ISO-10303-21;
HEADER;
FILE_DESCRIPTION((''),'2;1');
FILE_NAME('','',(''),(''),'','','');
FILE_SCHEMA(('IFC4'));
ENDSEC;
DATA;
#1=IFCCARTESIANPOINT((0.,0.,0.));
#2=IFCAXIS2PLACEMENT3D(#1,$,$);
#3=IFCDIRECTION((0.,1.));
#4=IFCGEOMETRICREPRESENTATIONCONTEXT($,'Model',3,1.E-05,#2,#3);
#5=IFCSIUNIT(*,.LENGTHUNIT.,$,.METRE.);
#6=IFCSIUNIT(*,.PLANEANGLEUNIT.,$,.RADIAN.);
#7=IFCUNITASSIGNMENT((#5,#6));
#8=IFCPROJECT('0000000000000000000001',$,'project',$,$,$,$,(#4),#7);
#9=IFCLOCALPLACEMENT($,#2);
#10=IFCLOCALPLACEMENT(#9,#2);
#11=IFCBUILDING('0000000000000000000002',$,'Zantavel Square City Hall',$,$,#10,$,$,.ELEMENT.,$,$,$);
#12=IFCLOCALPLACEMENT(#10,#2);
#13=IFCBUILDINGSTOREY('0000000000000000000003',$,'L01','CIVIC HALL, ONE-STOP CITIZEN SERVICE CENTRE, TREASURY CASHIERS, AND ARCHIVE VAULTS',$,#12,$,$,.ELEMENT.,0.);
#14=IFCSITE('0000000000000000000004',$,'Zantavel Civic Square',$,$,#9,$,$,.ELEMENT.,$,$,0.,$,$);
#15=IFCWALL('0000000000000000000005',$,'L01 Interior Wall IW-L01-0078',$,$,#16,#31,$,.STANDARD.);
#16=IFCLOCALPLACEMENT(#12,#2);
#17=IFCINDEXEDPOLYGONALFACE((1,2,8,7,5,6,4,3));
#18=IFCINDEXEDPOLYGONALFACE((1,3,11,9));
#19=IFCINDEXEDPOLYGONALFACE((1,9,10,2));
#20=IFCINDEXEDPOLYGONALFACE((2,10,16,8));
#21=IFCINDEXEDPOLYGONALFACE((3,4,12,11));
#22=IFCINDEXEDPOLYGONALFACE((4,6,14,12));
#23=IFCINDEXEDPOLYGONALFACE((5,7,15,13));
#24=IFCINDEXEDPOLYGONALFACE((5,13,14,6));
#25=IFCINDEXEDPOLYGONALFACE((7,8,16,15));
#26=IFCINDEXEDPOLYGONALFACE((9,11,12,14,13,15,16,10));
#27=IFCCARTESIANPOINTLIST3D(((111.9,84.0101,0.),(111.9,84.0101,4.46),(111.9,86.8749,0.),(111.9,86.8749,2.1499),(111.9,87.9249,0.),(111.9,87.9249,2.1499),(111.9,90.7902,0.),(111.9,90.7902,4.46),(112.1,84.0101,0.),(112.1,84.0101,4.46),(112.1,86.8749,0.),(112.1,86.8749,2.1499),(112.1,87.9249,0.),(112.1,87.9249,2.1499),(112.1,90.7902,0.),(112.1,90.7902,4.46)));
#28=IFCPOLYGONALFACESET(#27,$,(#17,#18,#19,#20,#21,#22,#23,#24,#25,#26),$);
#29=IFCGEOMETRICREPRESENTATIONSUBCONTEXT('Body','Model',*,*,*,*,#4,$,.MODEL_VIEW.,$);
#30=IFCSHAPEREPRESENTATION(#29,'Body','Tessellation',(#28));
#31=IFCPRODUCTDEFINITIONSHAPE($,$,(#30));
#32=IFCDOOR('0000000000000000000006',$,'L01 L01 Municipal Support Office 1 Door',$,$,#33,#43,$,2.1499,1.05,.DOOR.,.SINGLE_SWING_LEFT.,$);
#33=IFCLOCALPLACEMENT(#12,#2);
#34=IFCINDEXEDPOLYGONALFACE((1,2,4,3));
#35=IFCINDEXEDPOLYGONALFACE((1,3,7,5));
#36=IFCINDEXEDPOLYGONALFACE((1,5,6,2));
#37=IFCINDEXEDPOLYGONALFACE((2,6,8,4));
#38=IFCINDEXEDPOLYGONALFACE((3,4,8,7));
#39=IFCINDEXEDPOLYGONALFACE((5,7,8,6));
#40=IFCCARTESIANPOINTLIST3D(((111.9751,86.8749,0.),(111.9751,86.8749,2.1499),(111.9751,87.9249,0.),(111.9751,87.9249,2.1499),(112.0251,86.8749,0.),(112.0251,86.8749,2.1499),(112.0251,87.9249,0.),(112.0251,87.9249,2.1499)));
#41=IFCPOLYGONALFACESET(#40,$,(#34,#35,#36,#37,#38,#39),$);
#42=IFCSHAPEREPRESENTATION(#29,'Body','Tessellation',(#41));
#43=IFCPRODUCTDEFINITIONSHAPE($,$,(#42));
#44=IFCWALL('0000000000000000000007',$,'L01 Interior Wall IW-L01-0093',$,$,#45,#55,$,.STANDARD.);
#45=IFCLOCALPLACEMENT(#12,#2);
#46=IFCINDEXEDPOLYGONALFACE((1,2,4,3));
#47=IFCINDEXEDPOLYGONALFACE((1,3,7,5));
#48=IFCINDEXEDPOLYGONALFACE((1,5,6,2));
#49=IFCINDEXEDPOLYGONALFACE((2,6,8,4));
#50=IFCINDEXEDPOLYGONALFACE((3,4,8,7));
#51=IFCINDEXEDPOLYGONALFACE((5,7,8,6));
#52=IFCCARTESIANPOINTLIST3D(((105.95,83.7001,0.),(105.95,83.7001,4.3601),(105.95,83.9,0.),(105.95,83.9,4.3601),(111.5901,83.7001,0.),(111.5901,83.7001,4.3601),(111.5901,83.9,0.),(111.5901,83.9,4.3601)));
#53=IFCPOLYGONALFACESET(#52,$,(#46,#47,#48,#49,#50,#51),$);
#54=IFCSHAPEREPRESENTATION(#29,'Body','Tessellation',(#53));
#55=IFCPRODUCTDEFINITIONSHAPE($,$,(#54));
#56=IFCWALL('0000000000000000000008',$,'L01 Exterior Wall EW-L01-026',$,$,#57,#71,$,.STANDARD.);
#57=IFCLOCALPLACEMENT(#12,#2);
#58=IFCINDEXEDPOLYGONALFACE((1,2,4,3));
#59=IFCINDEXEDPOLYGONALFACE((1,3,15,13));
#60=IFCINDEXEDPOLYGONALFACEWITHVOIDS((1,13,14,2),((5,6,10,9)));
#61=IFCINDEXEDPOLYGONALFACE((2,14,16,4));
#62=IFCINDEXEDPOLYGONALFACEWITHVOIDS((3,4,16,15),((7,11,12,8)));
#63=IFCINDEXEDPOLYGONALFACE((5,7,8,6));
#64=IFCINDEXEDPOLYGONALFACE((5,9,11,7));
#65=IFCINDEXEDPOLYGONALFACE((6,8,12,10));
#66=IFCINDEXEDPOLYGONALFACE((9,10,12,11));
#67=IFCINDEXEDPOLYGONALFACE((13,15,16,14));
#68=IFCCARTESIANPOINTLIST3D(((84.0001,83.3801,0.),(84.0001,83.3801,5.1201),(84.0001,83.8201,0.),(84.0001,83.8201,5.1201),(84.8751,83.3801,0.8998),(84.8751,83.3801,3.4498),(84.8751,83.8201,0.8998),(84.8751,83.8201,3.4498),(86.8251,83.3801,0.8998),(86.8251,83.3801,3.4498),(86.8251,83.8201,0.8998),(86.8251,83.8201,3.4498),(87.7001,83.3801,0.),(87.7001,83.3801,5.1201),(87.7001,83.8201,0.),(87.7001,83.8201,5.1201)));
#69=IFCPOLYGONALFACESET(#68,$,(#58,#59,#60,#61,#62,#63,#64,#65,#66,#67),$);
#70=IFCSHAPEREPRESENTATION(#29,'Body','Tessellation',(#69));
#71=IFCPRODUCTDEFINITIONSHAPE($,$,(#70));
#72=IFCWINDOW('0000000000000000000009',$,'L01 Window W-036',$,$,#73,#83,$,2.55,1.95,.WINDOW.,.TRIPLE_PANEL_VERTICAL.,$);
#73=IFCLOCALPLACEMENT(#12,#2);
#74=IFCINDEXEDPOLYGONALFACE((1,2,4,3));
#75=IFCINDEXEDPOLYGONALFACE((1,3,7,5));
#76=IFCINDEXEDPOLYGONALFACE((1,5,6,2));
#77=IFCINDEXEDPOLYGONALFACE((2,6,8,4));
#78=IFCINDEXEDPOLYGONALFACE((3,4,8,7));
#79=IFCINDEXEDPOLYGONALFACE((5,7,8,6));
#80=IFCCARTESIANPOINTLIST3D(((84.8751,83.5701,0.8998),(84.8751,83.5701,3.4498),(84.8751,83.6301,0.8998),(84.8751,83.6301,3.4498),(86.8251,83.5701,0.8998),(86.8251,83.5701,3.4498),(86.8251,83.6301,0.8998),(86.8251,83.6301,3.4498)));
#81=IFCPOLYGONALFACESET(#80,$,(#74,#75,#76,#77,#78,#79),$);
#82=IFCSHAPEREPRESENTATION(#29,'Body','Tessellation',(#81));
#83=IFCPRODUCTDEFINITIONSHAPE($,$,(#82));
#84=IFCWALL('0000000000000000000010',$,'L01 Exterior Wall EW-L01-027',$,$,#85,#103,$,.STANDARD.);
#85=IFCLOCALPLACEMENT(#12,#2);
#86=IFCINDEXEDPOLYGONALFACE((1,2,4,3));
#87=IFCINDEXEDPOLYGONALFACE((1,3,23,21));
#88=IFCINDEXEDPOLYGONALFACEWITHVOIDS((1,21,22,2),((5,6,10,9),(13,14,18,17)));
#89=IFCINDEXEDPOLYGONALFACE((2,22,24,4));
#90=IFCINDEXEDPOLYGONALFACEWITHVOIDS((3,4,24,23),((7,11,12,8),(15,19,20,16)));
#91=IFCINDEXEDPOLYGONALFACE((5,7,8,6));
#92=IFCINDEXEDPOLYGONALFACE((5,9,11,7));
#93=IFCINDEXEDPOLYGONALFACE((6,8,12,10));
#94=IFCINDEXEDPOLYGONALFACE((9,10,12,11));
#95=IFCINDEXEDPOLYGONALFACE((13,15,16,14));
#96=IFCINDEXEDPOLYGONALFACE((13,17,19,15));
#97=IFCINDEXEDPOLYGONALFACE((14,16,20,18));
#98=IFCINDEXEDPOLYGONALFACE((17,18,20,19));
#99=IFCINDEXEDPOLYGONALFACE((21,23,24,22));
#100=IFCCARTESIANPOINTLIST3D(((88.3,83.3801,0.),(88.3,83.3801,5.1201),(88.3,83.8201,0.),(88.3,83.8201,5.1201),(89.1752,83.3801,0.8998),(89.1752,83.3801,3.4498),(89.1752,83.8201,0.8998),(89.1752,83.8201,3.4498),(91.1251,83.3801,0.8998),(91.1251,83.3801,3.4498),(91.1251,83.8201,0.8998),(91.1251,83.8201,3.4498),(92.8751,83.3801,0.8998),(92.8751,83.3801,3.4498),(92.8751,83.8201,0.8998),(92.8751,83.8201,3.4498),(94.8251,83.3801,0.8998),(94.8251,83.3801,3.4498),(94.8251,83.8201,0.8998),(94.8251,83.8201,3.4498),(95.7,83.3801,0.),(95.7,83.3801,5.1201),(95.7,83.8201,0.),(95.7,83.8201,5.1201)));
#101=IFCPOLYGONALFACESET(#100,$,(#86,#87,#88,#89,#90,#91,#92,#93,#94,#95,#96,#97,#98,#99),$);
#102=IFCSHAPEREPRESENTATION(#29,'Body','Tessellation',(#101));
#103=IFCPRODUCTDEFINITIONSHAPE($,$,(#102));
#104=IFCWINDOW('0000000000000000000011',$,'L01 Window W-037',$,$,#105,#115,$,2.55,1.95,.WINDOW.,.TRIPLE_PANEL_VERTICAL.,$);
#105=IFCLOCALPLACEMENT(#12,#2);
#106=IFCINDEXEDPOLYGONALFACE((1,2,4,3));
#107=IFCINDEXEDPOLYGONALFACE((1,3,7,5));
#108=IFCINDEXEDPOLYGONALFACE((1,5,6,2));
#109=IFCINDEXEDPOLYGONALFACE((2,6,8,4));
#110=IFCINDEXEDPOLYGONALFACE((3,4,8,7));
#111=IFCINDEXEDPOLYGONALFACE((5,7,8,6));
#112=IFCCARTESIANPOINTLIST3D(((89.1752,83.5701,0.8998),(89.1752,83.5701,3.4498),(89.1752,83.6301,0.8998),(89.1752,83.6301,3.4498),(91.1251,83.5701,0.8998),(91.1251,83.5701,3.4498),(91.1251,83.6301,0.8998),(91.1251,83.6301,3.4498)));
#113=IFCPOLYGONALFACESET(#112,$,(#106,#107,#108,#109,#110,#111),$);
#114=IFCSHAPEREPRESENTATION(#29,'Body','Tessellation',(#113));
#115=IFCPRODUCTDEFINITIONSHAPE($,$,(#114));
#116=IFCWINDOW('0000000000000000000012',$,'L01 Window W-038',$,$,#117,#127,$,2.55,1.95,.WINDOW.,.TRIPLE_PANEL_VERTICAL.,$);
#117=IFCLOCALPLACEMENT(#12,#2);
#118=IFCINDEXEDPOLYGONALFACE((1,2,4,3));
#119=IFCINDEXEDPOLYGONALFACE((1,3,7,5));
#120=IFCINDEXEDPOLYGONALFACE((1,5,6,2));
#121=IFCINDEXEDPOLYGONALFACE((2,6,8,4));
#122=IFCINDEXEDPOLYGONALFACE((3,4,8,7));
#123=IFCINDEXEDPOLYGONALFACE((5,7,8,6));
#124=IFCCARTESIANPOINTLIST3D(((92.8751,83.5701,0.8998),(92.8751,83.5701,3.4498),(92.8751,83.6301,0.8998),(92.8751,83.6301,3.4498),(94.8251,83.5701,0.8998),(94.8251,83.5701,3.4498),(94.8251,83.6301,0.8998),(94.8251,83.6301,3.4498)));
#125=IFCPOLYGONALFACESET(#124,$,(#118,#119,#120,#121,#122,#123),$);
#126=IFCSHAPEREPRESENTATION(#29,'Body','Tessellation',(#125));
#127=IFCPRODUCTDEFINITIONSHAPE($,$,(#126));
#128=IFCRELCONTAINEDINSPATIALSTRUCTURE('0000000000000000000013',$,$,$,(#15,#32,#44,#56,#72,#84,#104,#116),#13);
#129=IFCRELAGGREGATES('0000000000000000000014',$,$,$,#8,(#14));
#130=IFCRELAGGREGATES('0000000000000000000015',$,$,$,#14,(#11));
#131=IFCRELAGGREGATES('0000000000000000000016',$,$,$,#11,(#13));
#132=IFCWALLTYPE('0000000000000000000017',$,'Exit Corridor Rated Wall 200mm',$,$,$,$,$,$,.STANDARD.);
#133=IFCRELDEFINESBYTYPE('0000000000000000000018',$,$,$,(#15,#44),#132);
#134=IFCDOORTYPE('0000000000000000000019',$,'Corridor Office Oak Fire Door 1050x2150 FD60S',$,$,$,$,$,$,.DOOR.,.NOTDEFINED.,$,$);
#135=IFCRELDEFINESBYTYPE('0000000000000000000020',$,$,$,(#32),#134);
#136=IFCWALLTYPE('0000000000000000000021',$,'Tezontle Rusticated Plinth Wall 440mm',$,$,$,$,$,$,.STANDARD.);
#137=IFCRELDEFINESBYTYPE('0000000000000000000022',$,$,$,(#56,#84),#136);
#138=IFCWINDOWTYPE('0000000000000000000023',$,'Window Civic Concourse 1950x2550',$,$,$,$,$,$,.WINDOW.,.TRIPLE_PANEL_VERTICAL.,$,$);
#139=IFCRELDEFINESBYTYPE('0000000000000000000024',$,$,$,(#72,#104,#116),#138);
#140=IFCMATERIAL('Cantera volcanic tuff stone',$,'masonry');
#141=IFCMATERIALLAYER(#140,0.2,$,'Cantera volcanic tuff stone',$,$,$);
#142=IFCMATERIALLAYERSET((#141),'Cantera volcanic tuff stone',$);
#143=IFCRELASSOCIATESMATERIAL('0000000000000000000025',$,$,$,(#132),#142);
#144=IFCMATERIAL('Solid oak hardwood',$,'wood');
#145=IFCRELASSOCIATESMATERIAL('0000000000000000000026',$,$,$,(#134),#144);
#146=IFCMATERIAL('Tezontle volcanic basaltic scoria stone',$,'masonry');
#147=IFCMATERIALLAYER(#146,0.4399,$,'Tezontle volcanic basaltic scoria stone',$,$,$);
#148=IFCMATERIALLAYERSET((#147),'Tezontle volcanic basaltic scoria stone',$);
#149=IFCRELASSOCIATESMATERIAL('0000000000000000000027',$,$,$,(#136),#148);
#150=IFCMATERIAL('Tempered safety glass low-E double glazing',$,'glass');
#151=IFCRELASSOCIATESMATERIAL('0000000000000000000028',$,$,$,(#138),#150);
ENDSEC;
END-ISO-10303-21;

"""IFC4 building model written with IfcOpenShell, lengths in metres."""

from ifc_helpers import new_model, si_unit, direction, frame, frame_2d, origin, place, context, subcontext, project, spatial, rectangle, extrude, material, layer, layer_set, type_object, element, fill, save


model = new_model("IFC4")

# Units and contexts
model_context = context("Model", 3, precision=1e-05, world=origin(), true_north=direction((0.0, 1.0)))
body_context = subcontext(model_context, "Body", "Model", "MODEL_VIEW")
ifc_project = project(units=[si_unit("LENGTHUNIT", "METRE"), si_unit("PLANEANGLEUNIT", "RADIAN")], contexts=[model_context])

# Site, building, storey
site_placement = place(None, origin())
site = spatial("IfcSite", under=ifc_project, at=site_placement, Name="Zantavel Civic Square", CompositionType="ELEMENT", RefElevation=0.0)
building_placement = place(site_placement, origin())
building = spatial("IfcBuilding", under=site, at=building_placement, Name="Zantavel Square City Hall", CompositionType="ELEMENT")
storey_placement = place(building_placement, origin())
storey = spatial("IfcBuildingStorey", under=building, at=storey_placement, Name="L01", Description="CIVIC HALL, ONE-STOP CITIZEN SERVICE CENTRE, TREASURY CASHIERS, AND ARCHIVE VAULTS", CompositionType="ELEMENT", Elevation=0.0)

# Wall, opening, door
ifc_material_1 = material(Name="Cantera volcanic tuff stone", Category="masonry")
ifc_layer_1 = layer(ifc_material_1, 0.2, Name="Cantera volcanic tuff stone")
ifc_layer_set_1 = layer_set([ifc_layer_1], Name="Cantera volcanic tuff stone")
wall_type_1 = type_object("IfcWallType", Name="Exit Corridor Rated Wall 200mm", PredefinedType="STANDARD", material=ifc_layer_set_1)
wall_1_placement = place(storey_placement, frame((112.0, 84.01, 0.0), z_axis=(0.0, 0.0, 1.0), x_axis=(0.0, 1.0, 0.0)))
wall_1 = element("IfcWall", 1, at=wall_1_placement, inside=storey, type_object=wall_type_1, Name="L01 Interior Wall IW-L01-0078", PredefinedType="STANDARD", context=body_context, shape_type="SweptSolid", body=[
    extrude(rectangle(XDim=6.78, YDim=0.2, at=frame_2d((3.3901, 0.0))), origin(), (0.0, 0.0, 1.0), 4.46),
])
opening_1_placement = place(wall_1_placement, frame((2.865, 0.0, 0.0)))
opening_1 = element("IfcOpeningElement", 2, at=opening_1_placement, cuts=wall_1, PredefinedType="OPENING", context=body_context, shape_type="SweptSolid", body=[
    extrude(rectangle(XDim=1.05, YDim=2.1499, at=frame_2d((0.5249, 1.075))), frame((0.0, 0.1099, 0.0), z_axis=(0.0, -1.0, 0.0), x_axis=(1.0, 0.0, 0.0)), (0.0, 0.0, 1.0), 0.22),
])
ifc_material_2 = material(Name="Solid oak hardwood", Category="wood")
door_type = type_object("IfcDoorType", Name="Corridor Office Oak Fire Door 1050x2150 FD60S", OperationType="NOTDEFINED", PredefinedType="DOOR", material=ifc_material_2)
door_placement = place(opening_1_placement, origin())
door = element("IfcDoor", 3, at=door_placement, inside=storey, type_object=door_type, Name="L01 L01 Municipal Support Office 1 Door", OperationType="SINGLE_SWING_LEFT", OverallHeight=2.1499, OverallWidth=1.05, PredefinedType="DOOR", context=body_context, shape_type="SweptSolid", body=[
    extrude(rectangle(XDim=1.05, YDim=2.1499, at=frame_2d((0.5249, 1.075))), frame((0.0, 0.0249, 0.0), z_axis=(0.0, -1.0, 0.0), x_axis=(1.0, 0.0, 0.0)), (0.0, 0.0, 1.0), 0.05),
])
fill(opening_1, door)

# Wall
wall_2_placement = place(storey_placement, frame((105.95, 83.8, 0.0), z_axis=(0.0, 0.0, 1.0), x_axis=(1.0, 0.0, 0.0)))
element("IfcWall", 4, at=wall_2_placement, inside=storey, type_object=wall_type_1, Name="L01 Interior Wall IW-L01-0093", PredefinedType="STANDARD", context=body_context, shape_type="SweptSolid", body=[
    extrude(rectangle(XDim=5.6401, YDim=0.2, at=frame_2d((2.8201, 0.0))), origin(), (0.0, 0.0, 1.0), 4.3601),
])

# Wall, opening, window
ifc_material_3 = material(Name="Tezontle volcanic basaltic scoria stone", Category="masonry")
ifc_layer_2 = layer(ifc_material_3, 0.4399, Name="Tezontle volcanic basaltic scoria stone")
ifc_layer_set_2 = layer_set([ifc_layer_2], Name="Tezontle volcanic basaltic scoria stone")
wall_type_2 = type_object("IfcWallType", Name="Tezontle Rusticated Plinth Wall 440mm", PredefinedType="STANDARD", material=ifc_layer_set_2)
wall_3_placement = place(storey_placement, frame((84.0, 83.6001, 0.0), z_axis=(0.0, 0.0, 1.0), x_axis=(1.0, 0.0, 0.0)))
wall_3 = element("IfcWall", 5, at=wall_3_placement, inside=storey, type_object=wall_type_2, Name="L01 Exterior Wall EW-L01-026", PredefinedType="STANDARD", context=body_context, shape_type="SweptSolid", body=[
    extrude(rectangle(XDim=3.7, YDim=0.4399, at=frame_2d((1.8501, 0.0))), origin(), (0.0, 0.0, 1.0), 5.1201),
])
opening_2_placement = place(wall_3_placement, frame((0.875, 0.0, 0.8999)))
opening_2 = element("IfcOpeningElement", 6, at=opening_2_placement, cuts=wall_3, PredefinedType="OPENING", context=body_context, shape_type="SweptSolid", body=[
    extrude(rectangle(XDim=1.95, YDim=2.55, at=frame_2d((0.9751, 1.2749))), frame((0.0, 0.23, 0.0), z_axis=(0.0, -1.0, 0.0), x_axis=(1.0, 0.0, 0.0)), (0.0, 0.0, 1.0), 0.46),
])
ifc_material_4 = material(Name="Tempered safety glass low-E double glazing", Category="glass")
window_type_1 = type_object("IfcWindowType", Name="Window Civic Concourse 1950x2550", PartitioningType="TRIPLE_PANEL_VERTICAL", PredefinedType="WINDOW", material=ifc_material_4)
window_1_placement = place(opening_2_placement, origin())
window_1 = element("IfcWindow", 7, at=window_1_placement, inside=storey, type_object=window_type_1, Name="L01 Window W-036", OverallHeight=2.55, OverallWidth=1.95, PartitioningType="TRIPLE_PANEL_VERTICAL", PredefinedType="WINDOW", context=body_context, shape_type="SweptSolid", body=[
    extrude(rectangle(XDim=1.95, YDim=2.55, at=frame_2d((0.9751, 1.2749))), frame((0.0, 0.03, 0.0), z_axis=(0.0, -1.0, 0.0), x_axis=(1.0, 0.0, 0.0)), (0.0, 0.0, 1.0), 0.0601),
])
fill(opening_2, window_1)

# Wall, openings, windows
wall_4_placement = place(storey_placement, frame((88.3, 83.6001, 0.0), z_axis=(0.0, 0.0, 1.0), x_axis=(1.0, 0.0, 0.0)))
wall_4 = element("IfcWall", 8, at=wall_4_placement, inside=storey, type_object=wall_type_2, Name="L01 Exterior Wall EW-L01-027", PredefinedType="STANDARD", context=body_context, shape_type="SweptSolid", body=[
    extrude(rectangle(XDim=7.3999, YDim=0.4399, at=frame_2d((3.7, 0.0))), origin(), (0.0, 0.0, 1.0), 5.1201),
])
opening_3_placement = place(wall_4_placement, frame((0.875, 0.0, 0.8999)))
opening_3 = element("IfcOpeningElement", 9, at=opening_3_placement, cuts=wall_4, PredefinedType="OPENING", context=body_context, shape_type="SweptSolid", body=[
    extrude(rectangle(XDim=1.95, YDim=2.55, at=frame_2d((0.9751, 1.2749))), frame((0.0, 0.23, 0.0), z_axis=(0.0, -1.0, 0.0), x_axis=(1.0, 0.0, 0.0)), (0.0, 0.0, 1.0), 0.46),
])
opening_4_placement = place(wall_4_placement, frame((4.575, 0.0, 0.8999)))
opening_4 = element("IfcOpeningElement", 10, at=opening_4_placement, cuts=wall_4, PredefinedType="OPENING", context=body_context, shape_type="SweptSolid", body=[
    extrude(rectangle(XDim=1.95, YDim=2.55, at=frame_2d((0.9751, 1.2749))), frame((0.0, 0.23, 0.0), z_axis=(0.0, -1.0, 0.0), x_axis=(1.0, 0.0, 0.0)), (0.0, 0.0, 1.0), 0.46),
])
window_2_placement = place(opening_3_placement, origin())
window_2 = element("IfcWindow", 11, at=window_2_placement, inside=storey, type_object=window_type_1, Name="L01 Window W-037", OverallHeight=2.55, OverallWidth=1.95, PartitioningType="TRIPLE_PANEL_VERTICAL", PredefinedType="WINDOW", context=body_context, shape_type="SweptSolid", body=[
    extrude(rectangle(XDim=1.95, YDim=2.55, at=frame_2d((0.9751, 1.2749))), frame((0.0, 0.03, 0.0), z_axis=(0.0, -1.0, 0.0), x_axis=(1.0, 0.0, 0.0)), (0.0, 0.0, 1.0), 0.0601),
])
fill(opening_3, window_2)
window_3_placement = place(opening_4_placement, origin())
window_3 = element("IfcWindow", 12, at=window_3_placement, inside=storey, type_object=window_type_1, Name="L01 Window W-038", OverallHeight=2.55, OverallWidth=1.95, PartitioningType="TRIPLE_PANEL_VERTICAL", PredefinedType="WINDOW", context=body_context, shape_type="SweptSolid", body=[
    extrude(rectangle(XDim=1.95, YDim=2.55, at=frame_2d((0.9751, 1.2749))), frame((0.0, 0.03, 0.0), z_axis=(0.0, -1.0, 0.0), x_axis=(1.0, 0.0, 0.0)), (0.0, 0.0, 1.0), 0.0601),
])
fill(opening_4, window_3)

save(model, "model.ifc")
